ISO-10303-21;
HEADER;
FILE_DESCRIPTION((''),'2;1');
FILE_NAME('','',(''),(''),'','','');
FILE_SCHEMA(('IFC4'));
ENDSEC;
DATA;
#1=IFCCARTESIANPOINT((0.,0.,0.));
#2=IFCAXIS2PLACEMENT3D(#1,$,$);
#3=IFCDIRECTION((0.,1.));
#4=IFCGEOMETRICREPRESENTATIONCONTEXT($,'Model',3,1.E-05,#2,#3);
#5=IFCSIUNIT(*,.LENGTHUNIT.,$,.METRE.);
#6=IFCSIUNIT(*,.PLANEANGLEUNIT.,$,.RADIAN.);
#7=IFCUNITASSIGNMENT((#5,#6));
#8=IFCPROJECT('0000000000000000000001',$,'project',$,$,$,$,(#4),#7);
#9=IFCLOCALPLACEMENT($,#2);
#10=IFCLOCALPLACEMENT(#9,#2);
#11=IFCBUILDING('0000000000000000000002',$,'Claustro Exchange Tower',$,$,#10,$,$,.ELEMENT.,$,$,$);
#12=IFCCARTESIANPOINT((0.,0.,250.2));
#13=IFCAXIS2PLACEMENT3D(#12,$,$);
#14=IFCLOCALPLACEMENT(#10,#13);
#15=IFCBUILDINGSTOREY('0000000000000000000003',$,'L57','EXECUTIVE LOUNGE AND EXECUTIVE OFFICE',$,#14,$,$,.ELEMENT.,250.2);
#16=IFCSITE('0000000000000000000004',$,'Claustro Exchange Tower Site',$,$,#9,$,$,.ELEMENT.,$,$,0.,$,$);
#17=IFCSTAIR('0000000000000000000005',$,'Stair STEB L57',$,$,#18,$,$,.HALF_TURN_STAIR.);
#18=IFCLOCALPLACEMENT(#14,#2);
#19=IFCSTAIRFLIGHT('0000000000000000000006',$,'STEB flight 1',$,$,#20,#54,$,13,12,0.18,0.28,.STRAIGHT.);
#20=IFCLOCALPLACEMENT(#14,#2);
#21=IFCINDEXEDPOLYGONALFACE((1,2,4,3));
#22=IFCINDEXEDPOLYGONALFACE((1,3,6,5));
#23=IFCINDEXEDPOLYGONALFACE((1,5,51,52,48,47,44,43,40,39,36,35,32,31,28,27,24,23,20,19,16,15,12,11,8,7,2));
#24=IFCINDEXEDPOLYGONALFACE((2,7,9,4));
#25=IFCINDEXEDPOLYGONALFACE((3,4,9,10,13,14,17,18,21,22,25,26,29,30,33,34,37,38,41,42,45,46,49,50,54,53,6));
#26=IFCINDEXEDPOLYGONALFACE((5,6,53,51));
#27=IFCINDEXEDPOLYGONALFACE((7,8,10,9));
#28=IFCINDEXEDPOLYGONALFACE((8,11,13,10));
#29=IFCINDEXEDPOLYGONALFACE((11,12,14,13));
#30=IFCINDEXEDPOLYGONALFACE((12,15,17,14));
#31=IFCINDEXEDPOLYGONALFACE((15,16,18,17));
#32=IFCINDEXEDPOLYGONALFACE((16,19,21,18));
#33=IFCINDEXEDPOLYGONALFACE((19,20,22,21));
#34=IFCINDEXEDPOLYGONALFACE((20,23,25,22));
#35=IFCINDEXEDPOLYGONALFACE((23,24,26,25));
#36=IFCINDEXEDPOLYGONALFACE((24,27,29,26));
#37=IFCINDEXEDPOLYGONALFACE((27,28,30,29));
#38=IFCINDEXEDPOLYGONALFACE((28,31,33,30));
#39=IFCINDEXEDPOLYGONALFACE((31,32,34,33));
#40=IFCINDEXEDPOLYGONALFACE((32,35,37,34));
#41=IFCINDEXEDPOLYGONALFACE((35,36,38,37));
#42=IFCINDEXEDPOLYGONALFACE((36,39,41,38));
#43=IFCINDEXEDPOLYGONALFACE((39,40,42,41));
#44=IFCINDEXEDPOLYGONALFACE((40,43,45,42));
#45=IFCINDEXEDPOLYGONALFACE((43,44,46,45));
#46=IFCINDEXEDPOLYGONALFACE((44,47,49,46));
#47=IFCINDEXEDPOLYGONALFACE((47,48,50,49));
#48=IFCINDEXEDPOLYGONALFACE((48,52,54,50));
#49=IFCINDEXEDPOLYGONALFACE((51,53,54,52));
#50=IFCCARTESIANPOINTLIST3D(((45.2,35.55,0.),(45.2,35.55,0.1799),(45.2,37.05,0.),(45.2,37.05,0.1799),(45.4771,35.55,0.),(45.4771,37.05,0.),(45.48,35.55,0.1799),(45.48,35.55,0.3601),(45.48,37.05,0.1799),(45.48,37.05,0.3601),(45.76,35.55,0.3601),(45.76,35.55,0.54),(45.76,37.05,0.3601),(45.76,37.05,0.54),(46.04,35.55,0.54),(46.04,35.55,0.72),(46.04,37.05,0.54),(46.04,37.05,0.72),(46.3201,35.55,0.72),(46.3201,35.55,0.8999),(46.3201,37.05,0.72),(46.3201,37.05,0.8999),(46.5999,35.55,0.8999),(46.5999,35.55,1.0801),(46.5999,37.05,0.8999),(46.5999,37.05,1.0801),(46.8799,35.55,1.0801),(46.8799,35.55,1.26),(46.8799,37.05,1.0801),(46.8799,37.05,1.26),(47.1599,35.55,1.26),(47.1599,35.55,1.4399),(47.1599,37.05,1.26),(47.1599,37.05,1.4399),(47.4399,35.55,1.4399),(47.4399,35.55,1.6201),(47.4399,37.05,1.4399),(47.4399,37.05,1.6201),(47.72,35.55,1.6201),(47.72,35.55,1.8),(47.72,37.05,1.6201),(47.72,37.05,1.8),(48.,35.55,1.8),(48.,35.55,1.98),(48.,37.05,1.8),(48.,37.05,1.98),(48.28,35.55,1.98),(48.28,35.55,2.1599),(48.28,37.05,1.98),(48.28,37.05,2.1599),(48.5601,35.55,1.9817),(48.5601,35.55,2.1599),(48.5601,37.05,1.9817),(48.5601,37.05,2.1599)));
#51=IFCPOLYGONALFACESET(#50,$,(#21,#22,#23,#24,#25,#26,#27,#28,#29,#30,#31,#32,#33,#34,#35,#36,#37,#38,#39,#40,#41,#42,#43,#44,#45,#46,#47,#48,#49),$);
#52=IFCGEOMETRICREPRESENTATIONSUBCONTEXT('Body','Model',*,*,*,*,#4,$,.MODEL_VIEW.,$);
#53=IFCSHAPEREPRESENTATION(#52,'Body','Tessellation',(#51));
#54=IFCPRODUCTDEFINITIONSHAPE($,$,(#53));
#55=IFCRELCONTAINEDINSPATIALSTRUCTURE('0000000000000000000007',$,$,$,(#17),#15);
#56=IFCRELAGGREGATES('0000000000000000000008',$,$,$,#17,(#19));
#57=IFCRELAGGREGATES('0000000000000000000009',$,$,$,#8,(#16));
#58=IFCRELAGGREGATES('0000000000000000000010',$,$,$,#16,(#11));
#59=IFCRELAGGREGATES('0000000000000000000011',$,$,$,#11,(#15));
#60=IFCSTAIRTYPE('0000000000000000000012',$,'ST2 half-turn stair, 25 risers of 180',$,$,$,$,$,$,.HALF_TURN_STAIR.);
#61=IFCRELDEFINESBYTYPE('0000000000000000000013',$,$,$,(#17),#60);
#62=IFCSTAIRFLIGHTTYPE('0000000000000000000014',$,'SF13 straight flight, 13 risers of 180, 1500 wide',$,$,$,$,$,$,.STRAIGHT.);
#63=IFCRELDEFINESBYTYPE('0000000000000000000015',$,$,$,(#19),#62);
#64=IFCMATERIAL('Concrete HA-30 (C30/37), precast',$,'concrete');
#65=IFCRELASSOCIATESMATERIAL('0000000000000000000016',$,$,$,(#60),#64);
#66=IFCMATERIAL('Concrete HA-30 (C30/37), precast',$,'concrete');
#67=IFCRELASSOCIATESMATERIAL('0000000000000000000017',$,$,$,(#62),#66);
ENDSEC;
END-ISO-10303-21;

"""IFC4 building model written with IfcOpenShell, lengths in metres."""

from ifc_helpers import new_model, si_unit, direction, frame, origin, place, context, subcontext, project, spatial, polyline, outline, extrude, material, type_object, element, aggregate, save


model = new_model("IFC4")

# Units and contexts
model_context = context("Model", 3, precision=1e-05, world=origin(), true_north=direction((0.0, 1.0)))
body_context = subcontext(model_context, "Body", "Model", "MODEL_VIEW")
ifc_project = project(units=[si_unit("LENGTHUNIT", "METRE"), si_unit("PLANEANGLEUNIT", "RADIAN")], contexts=[model_context])

# Site, building, storey
site_placement = place(None, origin())
site = spatial("IfcSite", under=ifc_project, at=site_placement, Name="Claustro Exchange Tower Site", CompositionType="ELEMENT", RefElevation=0.0)
building_placement = place(site_placement, origin())
building = spatial("IfcBuilding", under=site, at=building_placement, Name="Claustro Exchange Tower", CompositionType="ELEMENT")
storey_placement = place(building_placement, frame((0.0, 0.0, 250.2)))
storey = spatial("IfcBuildingStorey", under=building, at=storey_placement, Name="L57", Description="EXECUTIVE LOUNGE AND EXECUTIVE OFFICE", CompositionType="ELEMENT", Elevation=250.2)

# Stair, stair flight
ifc_material_1 = material(Name="Concrete HA-30 (C30/37), precast", Category="concrete")
stair_type = type_object("IfcStairType", Name="ST2 half-turn stair, 25 risers of 180", PredefinedType="HALF_TURN_STAIR", material=ifc_material_1)
stair_placement = place(storey_placement, origin())
stair = element("IfcStair", 1, at=stair_placement, inside=storey, type_object=stair_type, Name="Stair STEB L57", PredefinedType="HALF_TURN_STAIR")
ifc_material_2 = material(Name="Concrete HA-30 (C30/37), precast", Category="concrete")
stair_flight_type_1 = type_object("IfcStairFlightType", Name="SF13 straight flight, 13 risers of 180, 1500 wide", PredefinedType="STRAIGHT", material=ifc_material_2)
stair_flight_1_placement = place(storey_placement, frame((45.2, 36.3, 0.0), z_axis=(0.0, 0.0, 1.0), x_axis=(1.0, 0.0, 0.0)))
stair_flight_1 = element("IfcStairFlight", 2, at=stair_flight_1_placement, type_object=stair_flight_type_1, Name="STEB flight 1", NumberOfRisers=13, NumberOfTreads=12, PredefinedType="STRAIGHT", RiserHeight=0.18, TreadLength=0.28, context=body_context, shape_type="SweptSolid", body=[
    extrude(outline(polyline([(0.0, 0.0), (0.0, 0.1799), (0.28, 0.1799), (0.28, 0.3601), (0.5601, 0.3601), (0.5601, 0.54), (0.8401, 0.54), (0.8401, 0.72), (1.1201, 0.72), (1.1201, 0.8999), (1.3999, 0.8999), (1.3999, 1.0801), (1.6799, 1.0801), (1.6799, 1.26), (1.96, 1.26), (1.96, 1.4399), (2.24, 1.4399), (2.24, 1.6201), (2.52, 1.6201), (2.52, 1.8), (2.8, 1.8), (2.8, 1.98), (3.0801, 1.98), (3.0801, 2.1599), (3.3601, 2.1599), (3.3601, 2.3401), (3.3601, 1.9817), (0.2771, 0.0), (0.0, 0.0)])), frame((0.0, 0.75, 0.0), z_axis=(0.0, -1.0, 0.0), x_axis=(1.0, 0.0, 0.0)), (0.0, 0.0, 1.0), 1.5),
])
aggregate(stair, [stair_flight_1])

save(model, "model.ifc")
